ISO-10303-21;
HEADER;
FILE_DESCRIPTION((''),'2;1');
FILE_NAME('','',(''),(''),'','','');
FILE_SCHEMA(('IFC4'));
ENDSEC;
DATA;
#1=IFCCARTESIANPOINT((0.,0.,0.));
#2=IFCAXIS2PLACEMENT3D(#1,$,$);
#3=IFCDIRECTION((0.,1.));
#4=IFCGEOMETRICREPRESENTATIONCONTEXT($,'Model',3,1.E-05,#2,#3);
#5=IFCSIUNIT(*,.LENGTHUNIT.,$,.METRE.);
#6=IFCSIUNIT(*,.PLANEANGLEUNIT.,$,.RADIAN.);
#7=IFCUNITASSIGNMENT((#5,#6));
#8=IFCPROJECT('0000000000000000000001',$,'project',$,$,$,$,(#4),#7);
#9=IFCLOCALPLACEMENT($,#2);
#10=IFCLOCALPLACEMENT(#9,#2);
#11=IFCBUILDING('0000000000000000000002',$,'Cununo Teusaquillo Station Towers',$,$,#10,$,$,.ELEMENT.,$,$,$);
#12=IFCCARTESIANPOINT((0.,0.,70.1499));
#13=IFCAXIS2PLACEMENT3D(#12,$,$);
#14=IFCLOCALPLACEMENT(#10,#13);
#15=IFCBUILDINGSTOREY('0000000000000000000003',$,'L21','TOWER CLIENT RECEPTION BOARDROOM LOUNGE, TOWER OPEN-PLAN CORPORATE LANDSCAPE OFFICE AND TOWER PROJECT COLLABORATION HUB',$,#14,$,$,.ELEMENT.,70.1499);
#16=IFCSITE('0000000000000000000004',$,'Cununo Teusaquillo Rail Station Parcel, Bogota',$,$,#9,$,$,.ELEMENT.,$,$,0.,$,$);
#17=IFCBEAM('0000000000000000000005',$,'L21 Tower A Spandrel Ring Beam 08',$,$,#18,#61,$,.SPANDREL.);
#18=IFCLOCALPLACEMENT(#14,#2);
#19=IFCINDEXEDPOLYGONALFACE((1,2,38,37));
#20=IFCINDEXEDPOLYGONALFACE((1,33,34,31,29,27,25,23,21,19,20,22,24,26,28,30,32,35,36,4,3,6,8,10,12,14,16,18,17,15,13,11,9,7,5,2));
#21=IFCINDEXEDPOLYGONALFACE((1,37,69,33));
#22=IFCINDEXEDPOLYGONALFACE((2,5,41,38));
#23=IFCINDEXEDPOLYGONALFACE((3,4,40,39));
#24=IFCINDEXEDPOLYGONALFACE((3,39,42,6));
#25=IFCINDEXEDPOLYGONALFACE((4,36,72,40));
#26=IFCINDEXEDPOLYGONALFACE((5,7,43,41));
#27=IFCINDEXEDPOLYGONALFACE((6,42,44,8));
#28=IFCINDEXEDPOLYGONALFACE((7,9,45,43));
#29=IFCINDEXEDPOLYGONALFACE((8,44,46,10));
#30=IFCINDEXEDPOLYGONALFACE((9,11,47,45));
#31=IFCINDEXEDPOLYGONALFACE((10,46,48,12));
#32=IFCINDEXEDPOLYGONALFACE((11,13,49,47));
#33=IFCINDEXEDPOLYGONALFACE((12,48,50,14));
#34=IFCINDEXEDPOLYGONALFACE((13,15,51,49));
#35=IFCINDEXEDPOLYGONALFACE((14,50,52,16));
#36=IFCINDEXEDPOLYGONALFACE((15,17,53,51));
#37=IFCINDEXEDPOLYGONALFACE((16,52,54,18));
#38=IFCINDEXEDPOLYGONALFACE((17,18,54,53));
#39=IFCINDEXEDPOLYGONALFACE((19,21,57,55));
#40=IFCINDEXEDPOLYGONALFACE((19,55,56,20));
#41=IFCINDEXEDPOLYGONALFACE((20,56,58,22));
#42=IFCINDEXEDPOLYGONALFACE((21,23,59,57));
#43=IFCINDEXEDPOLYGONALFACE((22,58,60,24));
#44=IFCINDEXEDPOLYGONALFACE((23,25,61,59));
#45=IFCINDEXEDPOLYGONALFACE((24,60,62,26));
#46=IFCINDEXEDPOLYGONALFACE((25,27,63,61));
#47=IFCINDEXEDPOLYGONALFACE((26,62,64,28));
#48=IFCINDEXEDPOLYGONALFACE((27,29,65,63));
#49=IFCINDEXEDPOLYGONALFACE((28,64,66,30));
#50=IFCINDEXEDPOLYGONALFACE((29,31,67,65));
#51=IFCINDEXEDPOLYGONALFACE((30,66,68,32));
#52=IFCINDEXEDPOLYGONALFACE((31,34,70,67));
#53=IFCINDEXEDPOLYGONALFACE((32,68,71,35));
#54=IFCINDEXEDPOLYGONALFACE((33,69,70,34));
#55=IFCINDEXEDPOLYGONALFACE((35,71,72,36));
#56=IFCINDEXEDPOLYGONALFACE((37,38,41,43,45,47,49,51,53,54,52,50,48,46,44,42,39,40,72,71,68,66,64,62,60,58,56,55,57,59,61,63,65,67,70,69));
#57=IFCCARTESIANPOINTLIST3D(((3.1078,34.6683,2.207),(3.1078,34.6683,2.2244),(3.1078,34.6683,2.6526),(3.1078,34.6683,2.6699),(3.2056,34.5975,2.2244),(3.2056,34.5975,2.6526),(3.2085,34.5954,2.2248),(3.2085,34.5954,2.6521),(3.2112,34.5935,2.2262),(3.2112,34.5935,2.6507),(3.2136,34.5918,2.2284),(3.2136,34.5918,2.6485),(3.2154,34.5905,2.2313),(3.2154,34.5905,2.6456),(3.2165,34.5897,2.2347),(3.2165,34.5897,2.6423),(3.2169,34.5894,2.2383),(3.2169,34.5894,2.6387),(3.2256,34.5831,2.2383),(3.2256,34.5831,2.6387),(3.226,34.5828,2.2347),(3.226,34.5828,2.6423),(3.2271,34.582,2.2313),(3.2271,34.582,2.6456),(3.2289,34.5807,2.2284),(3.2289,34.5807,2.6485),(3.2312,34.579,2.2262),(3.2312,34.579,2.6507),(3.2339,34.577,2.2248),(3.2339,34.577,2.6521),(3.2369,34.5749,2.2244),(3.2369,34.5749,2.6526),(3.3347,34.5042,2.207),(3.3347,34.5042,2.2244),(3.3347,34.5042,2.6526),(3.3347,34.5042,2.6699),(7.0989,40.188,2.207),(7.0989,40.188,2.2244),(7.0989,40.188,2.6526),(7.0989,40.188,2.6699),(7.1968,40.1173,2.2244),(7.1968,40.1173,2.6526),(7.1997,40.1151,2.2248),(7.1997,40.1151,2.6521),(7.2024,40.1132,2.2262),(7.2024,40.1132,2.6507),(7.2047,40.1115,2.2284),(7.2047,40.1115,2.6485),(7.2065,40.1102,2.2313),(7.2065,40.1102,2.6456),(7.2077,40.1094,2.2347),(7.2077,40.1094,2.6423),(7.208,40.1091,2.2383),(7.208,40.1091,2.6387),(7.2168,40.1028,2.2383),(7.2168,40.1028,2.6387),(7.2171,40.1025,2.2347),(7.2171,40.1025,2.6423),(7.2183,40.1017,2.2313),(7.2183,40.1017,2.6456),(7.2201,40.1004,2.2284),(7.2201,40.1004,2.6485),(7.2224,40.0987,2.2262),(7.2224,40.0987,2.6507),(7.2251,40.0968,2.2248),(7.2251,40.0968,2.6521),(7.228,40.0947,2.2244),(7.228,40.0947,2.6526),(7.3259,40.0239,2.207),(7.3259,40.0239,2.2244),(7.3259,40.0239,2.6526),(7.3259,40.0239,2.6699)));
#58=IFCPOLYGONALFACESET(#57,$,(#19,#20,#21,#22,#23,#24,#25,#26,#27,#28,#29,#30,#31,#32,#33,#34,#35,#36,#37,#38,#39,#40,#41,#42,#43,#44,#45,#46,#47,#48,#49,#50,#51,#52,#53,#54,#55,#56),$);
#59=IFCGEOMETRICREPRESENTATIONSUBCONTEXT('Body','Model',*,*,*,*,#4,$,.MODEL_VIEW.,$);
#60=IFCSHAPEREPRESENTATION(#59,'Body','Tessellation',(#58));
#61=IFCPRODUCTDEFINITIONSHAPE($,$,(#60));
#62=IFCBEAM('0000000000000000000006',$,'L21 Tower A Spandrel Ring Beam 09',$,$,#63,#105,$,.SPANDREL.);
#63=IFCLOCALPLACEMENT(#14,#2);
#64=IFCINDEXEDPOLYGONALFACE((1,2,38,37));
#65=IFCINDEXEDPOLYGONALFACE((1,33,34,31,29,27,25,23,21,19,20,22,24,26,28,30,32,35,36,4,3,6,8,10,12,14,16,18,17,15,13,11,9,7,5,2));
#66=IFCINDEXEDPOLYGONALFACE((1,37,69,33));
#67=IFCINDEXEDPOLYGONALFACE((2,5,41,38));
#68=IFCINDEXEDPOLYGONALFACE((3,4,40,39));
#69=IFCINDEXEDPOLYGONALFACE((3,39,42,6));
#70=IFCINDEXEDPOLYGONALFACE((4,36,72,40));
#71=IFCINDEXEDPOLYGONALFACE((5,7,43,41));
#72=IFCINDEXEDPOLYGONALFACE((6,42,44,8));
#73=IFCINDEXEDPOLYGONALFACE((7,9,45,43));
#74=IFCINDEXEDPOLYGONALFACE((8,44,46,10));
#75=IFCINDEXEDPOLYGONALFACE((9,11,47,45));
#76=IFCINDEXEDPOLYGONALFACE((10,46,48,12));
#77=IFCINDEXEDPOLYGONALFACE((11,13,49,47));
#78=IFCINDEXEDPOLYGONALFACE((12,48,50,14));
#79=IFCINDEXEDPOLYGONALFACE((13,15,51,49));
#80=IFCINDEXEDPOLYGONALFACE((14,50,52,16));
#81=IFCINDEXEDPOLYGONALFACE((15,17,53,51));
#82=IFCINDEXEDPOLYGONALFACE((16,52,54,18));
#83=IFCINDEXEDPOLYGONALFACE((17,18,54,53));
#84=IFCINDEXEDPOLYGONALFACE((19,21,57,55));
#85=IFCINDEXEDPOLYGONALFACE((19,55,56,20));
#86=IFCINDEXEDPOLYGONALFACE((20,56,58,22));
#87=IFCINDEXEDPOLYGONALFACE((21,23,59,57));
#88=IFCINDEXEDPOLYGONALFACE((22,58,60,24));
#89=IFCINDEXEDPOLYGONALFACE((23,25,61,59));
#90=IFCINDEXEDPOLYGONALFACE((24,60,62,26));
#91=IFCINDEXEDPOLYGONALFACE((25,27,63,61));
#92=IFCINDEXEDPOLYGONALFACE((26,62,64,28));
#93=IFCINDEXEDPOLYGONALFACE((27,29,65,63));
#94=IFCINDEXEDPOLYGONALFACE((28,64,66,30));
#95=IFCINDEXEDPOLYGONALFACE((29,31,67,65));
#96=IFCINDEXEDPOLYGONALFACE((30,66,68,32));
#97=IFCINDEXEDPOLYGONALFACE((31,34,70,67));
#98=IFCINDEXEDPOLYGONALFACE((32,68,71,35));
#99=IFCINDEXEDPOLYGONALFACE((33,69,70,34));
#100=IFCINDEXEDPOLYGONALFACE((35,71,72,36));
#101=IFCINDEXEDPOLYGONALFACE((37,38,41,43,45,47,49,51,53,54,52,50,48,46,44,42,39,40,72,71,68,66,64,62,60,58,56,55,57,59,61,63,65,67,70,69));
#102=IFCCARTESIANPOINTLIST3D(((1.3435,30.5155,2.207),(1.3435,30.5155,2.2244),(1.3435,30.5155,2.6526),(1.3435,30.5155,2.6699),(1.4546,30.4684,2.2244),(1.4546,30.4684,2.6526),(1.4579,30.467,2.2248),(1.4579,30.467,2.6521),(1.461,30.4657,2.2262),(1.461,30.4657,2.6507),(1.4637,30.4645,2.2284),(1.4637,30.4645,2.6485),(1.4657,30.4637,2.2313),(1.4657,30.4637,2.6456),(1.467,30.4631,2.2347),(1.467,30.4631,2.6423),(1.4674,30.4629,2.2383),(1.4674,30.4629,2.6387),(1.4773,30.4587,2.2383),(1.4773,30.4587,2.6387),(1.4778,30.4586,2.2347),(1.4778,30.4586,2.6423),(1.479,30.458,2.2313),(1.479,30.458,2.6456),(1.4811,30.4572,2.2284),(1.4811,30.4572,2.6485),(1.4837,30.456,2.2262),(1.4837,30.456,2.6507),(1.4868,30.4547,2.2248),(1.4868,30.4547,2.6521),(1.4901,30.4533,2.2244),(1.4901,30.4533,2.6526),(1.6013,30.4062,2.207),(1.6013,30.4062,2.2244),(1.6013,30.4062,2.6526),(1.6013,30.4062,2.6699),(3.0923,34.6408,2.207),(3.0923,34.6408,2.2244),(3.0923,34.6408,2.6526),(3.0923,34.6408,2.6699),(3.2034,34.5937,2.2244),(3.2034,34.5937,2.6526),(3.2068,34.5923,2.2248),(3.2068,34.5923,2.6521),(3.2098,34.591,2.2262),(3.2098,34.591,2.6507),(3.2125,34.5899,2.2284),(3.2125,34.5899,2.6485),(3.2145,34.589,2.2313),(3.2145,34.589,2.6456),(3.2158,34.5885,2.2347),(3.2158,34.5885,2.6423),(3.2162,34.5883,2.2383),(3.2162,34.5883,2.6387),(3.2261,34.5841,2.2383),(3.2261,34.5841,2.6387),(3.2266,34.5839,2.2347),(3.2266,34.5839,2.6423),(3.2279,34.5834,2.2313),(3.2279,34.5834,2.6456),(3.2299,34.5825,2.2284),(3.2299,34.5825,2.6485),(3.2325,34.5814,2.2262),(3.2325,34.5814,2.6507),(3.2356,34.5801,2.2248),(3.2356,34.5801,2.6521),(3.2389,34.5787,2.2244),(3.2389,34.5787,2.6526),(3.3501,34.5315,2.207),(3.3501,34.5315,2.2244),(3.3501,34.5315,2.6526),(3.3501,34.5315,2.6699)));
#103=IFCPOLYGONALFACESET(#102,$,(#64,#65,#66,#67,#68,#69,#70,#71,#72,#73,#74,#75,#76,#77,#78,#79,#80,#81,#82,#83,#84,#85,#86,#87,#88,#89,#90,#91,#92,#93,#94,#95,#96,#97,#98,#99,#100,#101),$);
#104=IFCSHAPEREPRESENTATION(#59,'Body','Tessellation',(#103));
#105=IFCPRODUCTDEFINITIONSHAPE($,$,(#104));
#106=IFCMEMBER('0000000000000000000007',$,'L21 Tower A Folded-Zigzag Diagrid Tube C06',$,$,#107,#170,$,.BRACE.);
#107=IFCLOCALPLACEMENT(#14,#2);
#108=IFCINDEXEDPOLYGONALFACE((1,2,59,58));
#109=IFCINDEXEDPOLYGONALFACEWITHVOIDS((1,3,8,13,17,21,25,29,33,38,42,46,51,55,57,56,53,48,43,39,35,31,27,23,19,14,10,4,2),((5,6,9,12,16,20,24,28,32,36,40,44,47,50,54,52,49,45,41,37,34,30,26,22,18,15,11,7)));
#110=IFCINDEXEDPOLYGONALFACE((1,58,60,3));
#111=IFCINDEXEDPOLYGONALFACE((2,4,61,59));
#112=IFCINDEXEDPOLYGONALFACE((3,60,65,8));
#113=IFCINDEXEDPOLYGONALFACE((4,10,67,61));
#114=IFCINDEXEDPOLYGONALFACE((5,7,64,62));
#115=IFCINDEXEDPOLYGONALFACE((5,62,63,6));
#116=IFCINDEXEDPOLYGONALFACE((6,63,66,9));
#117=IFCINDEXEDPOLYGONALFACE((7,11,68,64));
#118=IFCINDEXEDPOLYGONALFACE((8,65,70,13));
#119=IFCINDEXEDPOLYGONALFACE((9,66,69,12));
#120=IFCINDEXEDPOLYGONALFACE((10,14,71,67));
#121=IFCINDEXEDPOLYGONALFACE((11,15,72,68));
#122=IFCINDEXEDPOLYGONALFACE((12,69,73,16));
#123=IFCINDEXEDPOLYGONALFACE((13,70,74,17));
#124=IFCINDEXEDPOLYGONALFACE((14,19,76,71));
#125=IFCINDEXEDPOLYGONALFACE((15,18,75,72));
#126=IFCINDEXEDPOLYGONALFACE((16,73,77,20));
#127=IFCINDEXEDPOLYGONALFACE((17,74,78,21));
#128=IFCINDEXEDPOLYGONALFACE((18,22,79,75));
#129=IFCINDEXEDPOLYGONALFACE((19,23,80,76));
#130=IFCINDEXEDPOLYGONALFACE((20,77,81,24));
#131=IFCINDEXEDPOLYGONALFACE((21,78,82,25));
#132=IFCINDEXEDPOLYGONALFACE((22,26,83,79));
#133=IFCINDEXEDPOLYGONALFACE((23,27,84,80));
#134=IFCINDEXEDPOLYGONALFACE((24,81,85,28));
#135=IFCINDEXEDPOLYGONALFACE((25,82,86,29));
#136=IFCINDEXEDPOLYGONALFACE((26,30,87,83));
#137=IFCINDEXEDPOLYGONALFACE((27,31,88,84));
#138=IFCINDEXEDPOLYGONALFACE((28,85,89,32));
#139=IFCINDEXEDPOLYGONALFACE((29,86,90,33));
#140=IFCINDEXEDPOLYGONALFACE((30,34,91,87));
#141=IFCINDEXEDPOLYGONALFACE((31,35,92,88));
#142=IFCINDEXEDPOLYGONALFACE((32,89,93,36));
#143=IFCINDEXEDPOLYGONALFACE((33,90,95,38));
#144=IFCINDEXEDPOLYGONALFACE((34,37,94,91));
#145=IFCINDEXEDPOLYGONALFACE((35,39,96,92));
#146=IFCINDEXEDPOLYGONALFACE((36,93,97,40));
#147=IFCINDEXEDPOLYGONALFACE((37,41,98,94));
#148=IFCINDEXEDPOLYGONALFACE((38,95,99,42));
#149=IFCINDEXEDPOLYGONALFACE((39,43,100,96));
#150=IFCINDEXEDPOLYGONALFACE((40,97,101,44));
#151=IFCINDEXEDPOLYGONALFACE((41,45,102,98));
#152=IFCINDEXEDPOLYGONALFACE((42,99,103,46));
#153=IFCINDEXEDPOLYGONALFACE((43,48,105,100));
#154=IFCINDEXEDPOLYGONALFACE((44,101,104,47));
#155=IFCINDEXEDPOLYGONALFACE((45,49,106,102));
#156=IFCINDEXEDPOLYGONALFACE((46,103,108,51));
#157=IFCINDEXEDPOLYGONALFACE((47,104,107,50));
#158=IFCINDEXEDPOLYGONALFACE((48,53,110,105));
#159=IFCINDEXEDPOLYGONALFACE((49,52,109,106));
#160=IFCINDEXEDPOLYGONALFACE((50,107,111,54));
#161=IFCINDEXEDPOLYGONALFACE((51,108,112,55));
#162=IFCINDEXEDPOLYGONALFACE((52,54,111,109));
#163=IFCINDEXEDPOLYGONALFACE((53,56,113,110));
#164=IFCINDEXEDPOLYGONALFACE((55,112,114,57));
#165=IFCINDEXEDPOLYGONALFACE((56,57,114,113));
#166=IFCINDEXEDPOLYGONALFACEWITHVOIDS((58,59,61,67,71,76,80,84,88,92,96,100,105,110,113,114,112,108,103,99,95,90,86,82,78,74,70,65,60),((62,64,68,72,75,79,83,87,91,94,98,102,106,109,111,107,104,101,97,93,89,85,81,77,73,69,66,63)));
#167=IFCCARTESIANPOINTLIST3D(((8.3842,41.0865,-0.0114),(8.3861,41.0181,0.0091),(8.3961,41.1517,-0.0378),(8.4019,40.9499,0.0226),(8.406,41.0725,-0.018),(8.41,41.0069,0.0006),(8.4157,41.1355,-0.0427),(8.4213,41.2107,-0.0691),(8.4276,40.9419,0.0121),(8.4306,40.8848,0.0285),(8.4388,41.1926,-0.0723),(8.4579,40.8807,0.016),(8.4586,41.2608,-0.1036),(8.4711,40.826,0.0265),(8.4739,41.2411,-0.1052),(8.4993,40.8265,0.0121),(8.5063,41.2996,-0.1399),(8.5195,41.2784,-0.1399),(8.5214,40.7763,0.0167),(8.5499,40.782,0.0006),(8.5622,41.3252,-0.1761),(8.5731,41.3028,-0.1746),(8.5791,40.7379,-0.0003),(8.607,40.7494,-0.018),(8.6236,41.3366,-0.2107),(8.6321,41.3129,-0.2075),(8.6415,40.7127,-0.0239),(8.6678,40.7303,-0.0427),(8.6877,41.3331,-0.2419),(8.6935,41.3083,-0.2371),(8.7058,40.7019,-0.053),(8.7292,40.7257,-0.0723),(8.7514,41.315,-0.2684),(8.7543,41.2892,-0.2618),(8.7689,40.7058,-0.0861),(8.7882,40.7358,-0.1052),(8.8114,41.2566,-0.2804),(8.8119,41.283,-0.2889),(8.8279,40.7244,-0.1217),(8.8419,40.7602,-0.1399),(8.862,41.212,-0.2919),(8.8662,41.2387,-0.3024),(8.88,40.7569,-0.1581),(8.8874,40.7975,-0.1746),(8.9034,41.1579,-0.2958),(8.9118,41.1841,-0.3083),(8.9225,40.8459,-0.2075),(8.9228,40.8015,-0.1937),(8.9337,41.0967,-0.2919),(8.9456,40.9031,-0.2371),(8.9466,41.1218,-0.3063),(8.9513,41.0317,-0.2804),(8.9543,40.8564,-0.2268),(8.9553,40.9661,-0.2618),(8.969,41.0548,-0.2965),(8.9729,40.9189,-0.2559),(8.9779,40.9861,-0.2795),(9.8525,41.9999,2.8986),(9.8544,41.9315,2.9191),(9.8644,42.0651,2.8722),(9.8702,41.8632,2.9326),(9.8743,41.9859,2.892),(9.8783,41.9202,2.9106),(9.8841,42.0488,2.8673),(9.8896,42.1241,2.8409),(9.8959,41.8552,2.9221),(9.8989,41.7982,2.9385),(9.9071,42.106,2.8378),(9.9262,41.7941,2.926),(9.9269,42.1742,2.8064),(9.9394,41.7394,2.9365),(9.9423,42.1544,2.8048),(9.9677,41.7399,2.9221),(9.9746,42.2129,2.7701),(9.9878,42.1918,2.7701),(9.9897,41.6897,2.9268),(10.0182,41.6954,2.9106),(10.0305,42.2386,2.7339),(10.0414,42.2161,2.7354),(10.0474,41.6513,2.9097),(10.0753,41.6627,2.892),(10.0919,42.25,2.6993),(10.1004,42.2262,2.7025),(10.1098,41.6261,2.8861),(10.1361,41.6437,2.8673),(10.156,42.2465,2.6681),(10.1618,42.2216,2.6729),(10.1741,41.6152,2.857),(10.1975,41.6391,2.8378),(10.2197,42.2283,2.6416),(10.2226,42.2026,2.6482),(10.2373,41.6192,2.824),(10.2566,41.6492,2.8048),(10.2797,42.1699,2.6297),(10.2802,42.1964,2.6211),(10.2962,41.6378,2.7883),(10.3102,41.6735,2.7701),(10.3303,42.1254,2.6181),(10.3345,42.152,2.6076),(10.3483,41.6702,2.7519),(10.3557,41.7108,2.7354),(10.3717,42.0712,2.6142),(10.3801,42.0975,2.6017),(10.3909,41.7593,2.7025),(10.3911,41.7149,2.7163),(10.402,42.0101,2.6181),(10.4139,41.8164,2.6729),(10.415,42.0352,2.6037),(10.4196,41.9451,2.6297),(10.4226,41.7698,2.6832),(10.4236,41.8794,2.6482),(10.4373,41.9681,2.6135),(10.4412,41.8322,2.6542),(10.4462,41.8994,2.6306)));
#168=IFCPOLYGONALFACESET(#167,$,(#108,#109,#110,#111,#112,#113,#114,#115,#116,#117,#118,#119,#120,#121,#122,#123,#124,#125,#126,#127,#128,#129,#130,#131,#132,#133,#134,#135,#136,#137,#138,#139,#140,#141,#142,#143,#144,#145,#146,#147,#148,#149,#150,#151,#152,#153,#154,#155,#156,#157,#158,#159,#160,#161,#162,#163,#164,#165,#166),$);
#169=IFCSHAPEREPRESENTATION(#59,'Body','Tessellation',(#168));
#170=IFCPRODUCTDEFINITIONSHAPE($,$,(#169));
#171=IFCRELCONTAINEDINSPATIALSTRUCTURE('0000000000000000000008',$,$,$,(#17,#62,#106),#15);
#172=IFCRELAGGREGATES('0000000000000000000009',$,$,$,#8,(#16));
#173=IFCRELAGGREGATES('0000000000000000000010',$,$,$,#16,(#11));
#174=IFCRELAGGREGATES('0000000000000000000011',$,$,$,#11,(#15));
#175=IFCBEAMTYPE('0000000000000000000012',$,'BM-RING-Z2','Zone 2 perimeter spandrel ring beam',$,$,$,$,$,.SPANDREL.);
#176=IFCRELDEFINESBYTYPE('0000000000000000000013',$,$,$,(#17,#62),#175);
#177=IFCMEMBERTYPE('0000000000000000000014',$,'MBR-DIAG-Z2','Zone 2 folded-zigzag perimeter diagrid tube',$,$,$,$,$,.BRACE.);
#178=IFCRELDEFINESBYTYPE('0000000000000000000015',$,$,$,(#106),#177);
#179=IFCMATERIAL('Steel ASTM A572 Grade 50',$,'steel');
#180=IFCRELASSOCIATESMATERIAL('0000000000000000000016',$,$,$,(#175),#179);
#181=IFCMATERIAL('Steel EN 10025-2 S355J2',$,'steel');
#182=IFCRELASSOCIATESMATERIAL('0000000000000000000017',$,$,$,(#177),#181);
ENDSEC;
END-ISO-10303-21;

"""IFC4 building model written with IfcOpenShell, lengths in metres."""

from ifc_helpers import new_model, si_unit, direction, frame, origin, origin_2d, place, context, subcontext, project, spatial, hollow_circle, i_section, extrude, material, material_profile, profile_set, type_object, element, save


model = new_model("IFC4")

# Units and contexts
model_context = context("Model", 3, precision=1e-05, world=origin(), true_north=direction((0.0, 1.0)))
body_context = subcontext(model_context, "Body", "Model", "MODEL_VIEW")
ifc_project = project(units=[si_unit("LENGTHUNIT", "METRE"), si_unit("PLANEANGLEUNIT", "RADIAN")], contexts=[model_context])

# Site, building, storey
site_placement = place(None, origin())
site = spatial("IfcSite", under=ifc_project, at=site_placement, Name="Cununo Teusaquillo Rail Station Parcel, Bogota", CompositionType="ELEMENT", RefElevation=0.0)
building_placement = place(site_placement, origin())
building = spatial("IfcBuilding", under=site, at=building_placement, Name="Cununo Teusaquillo Station Towers", CompositionType="ELEMENT")
storey_placement = place(building_placement, frame((0.0, 0.0, 70.1499)))
storey = spatial("IfcBuildingStorey", under=building, at=storey_placement, Name="L21", Description="TOWER CLIENT RECEPTION BOARDROOM LOUNGE, TOWER OPEN-PLAN CORPORATE LANDSCAPE OFFICE AND TOWER PROJECT COLLABORATION HUB", CompositionType="ELEMENT", Elevation=70.1499)

# Beams
ifc_material_1 = material(Name="Steel ASTM A572 Grade 50", Category="steel")
ifc_material_profile_1 = material_profile(ifc_material_1, i_section(OverallWidth=0.28, OverallDepth=0.4629, WebThickness=0.0107, FlangeThickness=0.0173, FilletRadius=0.0139, at=origin_2d()), Name="W18X76")
ifc_profile_set_1 = profile_set([ifc_material_profile_1], Name="Steel ASTM A572 Grade 50")
beam_type_1 = type_object("IfcBeamType", Name="BM-RING-Z2", Description="Zone 2 perimeter spandrel ring beam", PredefinedType="SPANDREL", material=ifc_profile_set_1)
beam_1_placement = place(storey_placement, frame((7.2124, 40.106, 2.4385), z_axis=(-0.585945, -0.810351, 0.0), x_axis=(0.810351, -0.585945, 0.0)))
element("IfcBeam", 1, at=beam_1_placement, inside=storey, type_object=beam_type_1, Name="L21 Tower A Spandrel Ring Beam 08", PredefinedType="SPANDREL", context=body_context, shape_type="SweptSolid", body=[
    extrude(i_section(OverallWidth=0.28, OverallDepth=0.4629, WebThickness=0.0107, FlangeThickness=0.0173, FilletRadius=0.0139, at=origin_2d()), origin(), (0.0, 0.0, 1.0), 6.8115),
])
beam_2_placement = place(storey_placement, frame((3.2212, 34.5862, 2.4385), z_axis=(-0.390299, -0.920688, 0.0), x_axis=(0.920688, -0.390299, 0.0)))
element("IfcBeam", 2, at=beam_2_placement, inside=storey, type_object=beam_type_1, Name="L21 Tower A Spandrel Ring Beam 09", PredefinedType="SPANDREL", context=body_context, shape_type="SweptSolid", body=[
    extrude(i_section(OverallWidth=0.28, OverallDepth=0.4629, WebThickness=0.0107, FlangeThickness=0.0173, FilletRadius=0.0139, at=origin_2d()), origin(), (0.0, 0.0, 1.0), 4.4807),
])

# Member
ifc_material_2 = material(Name="Steel EN 10025-2 S355J2", Category="steel")
ifc_material_profile_2 = material_profile(ifc_material_2, hollow_circle(Radius=0.3301, WallThickness=0.0249, at=origin_2d()), Name="CHS 660x25")
ifc_profile_set_2 = profile_set([ifc_material_profile_2], Name="Steel EN 10025-2 S355J2")
member_type = type_object("IfcMemberType", Name="MBR-DIAG-Z2", Description="Zone 2 folded-zigzag perimeter diagrid tube", PredefinedType="BRACE", material=ifc_profile_set_2)
member_1_placement = place(storey_placement, frame((8.6807, 41.0193, -0.1399), z_axis=(0.433768, 0.269825, 0.859674), x_axis=(-0.528196, 0.849123, 0.0)))
element("IfcMember", 3, at=member_1_placement, inside=storey, type_object=member_type, Name="L21 Tower A Folded-Zigzag Diagrid Tube C06", PredefinedType="BRACE", context=body_context, shape_type="SweptSolid", body=[
    extrude(hollow_circle(Radius=0.3301, WallThickness=0.0249, at=origin_2d()), origin(), (0.0, 0.0, 1.0), 3.385),
])

save(model, "model.ifc")
